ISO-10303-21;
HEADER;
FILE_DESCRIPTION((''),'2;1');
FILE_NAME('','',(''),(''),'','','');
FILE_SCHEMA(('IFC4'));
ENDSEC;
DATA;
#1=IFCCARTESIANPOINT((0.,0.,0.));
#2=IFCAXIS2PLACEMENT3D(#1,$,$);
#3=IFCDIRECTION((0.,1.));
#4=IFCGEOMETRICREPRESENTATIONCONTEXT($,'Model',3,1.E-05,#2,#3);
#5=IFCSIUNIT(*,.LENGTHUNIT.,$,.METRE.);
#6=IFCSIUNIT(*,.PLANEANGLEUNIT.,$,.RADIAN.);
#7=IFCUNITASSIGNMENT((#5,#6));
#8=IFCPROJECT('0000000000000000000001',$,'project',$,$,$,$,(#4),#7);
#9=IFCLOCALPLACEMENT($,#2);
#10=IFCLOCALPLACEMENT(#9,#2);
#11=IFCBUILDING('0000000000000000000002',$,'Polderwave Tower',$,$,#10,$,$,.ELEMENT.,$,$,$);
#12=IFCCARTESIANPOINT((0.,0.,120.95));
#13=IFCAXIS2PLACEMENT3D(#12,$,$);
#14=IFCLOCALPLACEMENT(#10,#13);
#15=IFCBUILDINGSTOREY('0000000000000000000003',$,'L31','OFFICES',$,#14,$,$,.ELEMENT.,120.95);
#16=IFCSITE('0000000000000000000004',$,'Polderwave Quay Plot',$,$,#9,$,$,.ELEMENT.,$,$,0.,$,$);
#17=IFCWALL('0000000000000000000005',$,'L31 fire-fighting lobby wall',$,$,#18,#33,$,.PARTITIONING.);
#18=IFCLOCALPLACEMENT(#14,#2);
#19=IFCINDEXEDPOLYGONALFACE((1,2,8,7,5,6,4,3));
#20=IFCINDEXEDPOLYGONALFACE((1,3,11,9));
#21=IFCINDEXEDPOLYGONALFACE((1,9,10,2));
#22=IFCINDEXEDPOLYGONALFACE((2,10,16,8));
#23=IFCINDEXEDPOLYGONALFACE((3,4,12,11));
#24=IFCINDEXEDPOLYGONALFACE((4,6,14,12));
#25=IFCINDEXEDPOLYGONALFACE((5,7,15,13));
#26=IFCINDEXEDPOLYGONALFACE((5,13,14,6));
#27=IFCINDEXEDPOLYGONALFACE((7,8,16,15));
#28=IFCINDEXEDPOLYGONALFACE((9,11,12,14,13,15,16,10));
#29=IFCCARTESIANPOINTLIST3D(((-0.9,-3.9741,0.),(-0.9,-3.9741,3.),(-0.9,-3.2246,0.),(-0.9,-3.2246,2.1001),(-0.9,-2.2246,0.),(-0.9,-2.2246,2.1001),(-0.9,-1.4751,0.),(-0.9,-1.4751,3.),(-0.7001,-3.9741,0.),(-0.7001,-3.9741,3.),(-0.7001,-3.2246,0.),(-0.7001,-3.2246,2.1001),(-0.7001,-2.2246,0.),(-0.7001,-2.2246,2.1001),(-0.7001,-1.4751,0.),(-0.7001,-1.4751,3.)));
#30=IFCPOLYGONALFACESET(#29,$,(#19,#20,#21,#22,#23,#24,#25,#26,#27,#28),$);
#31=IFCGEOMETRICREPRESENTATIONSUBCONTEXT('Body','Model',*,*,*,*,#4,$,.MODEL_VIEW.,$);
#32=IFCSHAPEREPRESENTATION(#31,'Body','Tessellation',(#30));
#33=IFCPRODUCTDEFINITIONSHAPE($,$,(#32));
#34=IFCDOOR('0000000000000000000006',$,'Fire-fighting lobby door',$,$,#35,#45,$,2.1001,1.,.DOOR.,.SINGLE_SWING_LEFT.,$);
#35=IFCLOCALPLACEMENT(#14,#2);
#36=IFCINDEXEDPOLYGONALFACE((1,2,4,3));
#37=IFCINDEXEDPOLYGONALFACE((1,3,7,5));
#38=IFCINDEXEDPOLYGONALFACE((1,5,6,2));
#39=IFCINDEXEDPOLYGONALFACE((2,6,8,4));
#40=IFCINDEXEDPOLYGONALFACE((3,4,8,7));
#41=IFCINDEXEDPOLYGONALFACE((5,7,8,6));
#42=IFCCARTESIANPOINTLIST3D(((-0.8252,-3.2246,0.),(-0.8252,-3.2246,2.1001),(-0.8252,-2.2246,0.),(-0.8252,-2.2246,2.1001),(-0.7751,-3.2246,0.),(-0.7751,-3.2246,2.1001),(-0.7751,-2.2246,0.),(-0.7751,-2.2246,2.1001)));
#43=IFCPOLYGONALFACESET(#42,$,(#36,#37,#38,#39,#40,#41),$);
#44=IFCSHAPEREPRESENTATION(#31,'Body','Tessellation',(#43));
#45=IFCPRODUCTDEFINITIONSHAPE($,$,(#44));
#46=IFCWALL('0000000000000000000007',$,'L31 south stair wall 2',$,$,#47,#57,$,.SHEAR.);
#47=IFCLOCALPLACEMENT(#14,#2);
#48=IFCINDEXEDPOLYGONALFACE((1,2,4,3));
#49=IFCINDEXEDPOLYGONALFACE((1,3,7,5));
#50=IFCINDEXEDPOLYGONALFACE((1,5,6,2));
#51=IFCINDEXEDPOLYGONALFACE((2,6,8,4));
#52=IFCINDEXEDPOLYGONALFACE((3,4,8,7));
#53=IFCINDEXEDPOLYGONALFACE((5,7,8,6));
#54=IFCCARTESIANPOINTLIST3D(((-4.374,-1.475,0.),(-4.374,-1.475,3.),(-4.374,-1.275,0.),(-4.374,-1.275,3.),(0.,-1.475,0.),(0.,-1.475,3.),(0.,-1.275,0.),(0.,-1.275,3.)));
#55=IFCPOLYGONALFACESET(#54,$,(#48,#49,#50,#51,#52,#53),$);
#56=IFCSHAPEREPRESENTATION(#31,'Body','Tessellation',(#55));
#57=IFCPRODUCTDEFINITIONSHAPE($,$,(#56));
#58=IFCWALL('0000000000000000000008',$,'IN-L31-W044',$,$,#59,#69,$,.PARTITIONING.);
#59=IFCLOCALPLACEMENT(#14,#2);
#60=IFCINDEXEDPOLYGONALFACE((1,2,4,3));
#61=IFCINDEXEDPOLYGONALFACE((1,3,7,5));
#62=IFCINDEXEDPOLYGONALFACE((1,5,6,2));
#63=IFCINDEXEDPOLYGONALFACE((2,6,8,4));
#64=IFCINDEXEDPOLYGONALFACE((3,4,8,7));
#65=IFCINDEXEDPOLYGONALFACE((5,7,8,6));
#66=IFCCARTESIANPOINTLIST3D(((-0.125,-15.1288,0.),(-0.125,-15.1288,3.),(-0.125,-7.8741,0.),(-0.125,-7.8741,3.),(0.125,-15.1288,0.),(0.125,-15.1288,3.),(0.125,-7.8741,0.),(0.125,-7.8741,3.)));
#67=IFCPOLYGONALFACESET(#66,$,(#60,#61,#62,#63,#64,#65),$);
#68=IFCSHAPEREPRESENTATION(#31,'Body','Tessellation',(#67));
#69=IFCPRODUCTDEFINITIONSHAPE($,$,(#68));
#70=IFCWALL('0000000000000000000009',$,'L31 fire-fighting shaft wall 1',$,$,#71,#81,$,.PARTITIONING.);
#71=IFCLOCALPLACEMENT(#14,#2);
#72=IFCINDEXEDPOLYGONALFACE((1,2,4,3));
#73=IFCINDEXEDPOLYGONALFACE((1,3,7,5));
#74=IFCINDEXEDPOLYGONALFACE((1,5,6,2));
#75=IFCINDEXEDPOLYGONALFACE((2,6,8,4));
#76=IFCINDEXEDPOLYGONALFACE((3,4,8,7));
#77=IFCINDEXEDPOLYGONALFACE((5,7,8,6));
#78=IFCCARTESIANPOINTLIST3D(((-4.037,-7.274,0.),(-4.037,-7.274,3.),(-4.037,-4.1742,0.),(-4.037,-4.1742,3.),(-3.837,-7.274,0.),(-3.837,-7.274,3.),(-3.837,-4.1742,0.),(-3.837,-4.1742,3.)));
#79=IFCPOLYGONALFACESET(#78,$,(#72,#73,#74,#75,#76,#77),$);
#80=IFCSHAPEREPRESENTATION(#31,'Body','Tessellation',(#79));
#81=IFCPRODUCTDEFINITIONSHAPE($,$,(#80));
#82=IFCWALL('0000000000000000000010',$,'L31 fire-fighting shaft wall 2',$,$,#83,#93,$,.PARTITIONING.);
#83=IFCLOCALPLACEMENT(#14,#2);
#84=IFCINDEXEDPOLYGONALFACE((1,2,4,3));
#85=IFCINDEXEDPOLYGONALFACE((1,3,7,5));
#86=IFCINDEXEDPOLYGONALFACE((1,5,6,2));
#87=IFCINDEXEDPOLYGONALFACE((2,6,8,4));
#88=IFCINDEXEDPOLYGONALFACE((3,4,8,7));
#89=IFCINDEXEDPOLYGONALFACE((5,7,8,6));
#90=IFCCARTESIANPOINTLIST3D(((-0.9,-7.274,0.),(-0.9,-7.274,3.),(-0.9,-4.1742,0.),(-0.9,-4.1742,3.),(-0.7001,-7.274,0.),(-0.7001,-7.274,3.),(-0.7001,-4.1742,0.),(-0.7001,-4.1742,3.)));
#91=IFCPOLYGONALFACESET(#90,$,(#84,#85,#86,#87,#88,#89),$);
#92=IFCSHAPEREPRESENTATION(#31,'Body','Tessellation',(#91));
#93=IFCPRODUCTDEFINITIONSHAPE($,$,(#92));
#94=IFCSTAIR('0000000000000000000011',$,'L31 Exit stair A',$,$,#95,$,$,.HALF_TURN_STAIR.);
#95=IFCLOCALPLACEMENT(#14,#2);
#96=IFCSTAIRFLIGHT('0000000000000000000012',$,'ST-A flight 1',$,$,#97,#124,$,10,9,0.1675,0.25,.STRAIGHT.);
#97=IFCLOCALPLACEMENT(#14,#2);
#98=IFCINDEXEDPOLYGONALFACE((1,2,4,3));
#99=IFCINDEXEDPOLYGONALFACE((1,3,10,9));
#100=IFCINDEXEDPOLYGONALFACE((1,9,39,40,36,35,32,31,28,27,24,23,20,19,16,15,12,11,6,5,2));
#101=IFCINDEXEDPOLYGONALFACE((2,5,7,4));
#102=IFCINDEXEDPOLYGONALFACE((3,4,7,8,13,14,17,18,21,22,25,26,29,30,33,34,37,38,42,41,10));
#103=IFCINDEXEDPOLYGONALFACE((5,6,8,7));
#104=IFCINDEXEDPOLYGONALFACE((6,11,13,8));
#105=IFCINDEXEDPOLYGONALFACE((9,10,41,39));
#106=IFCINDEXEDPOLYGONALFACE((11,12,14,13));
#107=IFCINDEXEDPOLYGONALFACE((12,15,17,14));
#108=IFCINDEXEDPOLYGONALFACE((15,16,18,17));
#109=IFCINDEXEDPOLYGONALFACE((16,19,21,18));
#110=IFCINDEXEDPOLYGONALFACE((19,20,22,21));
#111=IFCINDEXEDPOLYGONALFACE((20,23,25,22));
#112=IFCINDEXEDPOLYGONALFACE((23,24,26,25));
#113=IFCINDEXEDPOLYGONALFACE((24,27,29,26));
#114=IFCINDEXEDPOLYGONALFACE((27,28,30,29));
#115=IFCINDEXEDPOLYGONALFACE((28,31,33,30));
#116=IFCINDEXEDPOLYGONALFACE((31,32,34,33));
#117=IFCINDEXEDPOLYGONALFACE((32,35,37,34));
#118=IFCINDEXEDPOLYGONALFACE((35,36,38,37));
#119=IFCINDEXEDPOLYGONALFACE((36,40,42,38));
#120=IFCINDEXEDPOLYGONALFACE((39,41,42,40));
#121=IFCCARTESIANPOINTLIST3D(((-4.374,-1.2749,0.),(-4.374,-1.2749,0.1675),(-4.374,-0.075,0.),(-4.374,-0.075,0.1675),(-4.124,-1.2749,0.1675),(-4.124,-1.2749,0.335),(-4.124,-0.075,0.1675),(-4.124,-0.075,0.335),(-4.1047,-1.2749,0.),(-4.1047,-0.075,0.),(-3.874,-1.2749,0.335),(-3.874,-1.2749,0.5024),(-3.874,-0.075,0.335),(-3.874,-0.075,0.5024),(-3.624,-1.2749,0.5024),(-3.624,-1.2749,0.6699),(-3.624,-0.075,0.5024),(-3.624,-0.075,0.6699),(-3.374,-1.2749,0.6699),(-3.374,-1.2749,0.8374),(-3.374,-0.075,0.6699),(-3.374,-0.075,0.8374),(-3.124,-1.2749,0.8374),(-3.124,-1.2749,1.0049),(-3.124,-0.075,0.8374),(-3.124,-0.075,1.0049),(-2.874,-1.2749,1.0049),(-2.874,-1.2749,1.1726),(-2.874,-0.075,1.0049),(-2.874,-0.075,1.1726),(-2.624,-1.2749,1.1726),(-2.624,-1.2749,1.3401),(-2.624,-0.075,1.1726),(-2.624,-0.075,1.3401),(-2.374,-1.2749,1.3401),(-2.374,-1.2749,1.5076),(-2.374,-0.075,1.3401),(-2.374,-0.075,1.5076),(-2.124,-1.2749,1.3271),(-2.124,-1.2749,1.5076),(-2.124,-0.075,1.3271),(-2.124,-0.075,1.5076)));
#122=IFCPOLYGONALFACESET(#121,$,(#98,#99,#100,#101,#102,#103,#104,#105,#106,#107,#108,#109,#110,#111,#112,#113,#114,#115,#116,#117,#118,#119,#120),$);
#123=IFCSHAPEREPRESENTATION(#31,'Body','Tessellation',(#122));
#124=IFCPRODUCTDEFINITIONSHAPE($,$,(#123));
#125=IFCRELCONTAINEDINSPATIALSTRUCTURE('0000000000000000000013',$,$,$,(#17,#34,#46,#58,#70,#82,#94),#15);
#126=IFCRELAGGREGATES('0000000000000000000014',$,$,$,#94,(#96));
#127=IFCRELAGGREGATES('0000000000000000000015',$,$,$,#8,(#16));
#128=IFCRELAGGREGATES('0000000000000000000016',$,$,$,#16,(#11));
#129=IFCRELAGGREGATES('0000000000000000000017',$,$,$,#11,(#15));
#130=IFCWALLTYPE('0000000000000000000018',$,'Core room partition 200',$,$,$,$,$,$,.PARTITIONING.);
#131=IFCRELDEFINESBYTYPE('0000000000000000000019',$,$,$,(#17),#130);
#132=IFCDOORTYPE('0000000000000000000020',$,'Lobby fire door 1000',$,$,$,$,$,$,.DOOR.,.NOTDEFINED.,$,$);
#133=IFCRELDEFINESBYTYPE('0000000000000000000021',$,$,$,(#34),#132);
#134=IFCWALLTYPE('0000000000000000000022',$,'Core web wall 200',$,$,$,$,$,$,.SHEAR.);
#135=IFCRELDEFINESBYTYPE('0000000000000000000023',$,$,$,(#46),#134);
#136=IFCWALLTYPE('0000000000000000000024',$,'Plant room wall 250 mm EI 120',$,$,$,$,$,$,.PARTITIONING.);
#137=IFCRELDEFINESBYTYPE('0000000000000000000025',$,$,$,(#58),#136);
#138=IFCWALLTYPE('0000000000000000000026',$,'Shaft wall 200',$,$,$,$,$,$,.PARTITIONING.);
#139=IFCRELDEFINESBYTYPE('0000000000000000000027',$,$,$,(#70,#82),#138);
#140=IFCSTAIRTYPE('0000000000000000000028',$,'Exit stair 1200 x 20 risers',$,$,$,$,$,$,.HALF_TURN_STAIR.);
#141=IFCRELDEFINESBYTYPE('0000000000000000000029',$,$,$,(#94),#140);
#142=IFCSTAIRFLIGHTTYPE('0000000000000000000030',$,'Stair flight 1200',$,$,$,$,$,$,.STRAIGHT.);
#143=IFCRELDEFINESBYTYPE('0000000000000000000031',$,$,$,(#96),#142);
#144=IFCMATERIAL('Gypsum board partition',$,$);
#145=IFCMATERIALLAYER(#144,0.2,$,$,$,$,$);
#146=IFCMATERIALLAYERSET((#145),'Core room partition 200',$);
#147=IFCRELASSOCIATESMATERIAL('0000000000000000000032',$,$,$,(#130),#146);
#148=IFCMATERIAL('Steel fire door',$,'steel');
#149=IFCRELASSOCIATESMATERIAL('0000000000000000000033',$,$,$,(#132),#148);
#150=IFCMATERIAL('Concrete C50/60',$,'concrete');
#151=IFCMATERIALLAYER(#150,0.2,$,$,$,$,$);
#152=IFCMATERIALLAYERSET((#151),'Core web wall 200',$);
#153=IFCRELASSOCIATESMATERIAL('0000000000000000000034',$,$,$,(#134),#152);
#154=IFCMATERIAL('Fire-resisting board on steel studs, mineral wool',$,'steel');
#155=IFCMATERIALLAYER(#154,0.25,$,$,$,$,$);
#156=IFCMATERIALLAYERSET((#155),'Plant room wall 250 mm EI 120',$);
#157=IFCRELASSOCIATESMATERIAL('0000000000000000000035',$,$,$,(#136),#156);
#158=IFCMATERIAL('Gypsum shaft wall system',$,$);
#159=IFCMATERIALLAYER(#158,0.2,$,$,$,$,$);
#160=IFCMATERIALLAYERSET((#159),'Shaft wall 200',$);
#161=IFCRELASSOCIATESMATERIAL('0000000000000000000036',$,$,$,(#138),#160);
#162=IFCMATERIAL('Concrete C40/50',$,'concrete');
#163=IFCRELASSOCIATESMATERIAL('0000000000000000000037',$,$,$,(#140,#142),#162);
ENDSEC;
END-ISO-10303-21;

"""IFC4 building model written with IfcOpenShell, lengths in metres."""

from ifc_helpers import new_model, si_unit, direction, frame, frame_2d, origin, place, context, subcontext, project, spatial, polyline, rectangle, outline, extrude, material, layer, layer_set, type_object, element, fill, aggregate, save


model = new_model("IFC4")

# Units and contexts
model_context = context("Model", 3, precision=1e-05, world=origin(), true_north=direction((0.0, 1.0)))
body_context = subcontext(model_context, "Body", "Model", "MODEL_VIEW")
ifc_project = project(units=[si_unit("LENGTHUNIT", "METRE"), si_unit("PLANEANGLEUNIT", "RADIAN")], contexts=[model_context])

# Site, building, storey
site_placement = place(None, origin())
site = spatial("IfcSite", under=ifc_project, at=site_placement, Name="Polderwave Quay Plot", CompositionType="ELEMENT", RefElevation=0.0)
building_placement = place(site_placement, origin())
building = spatial("IfcBuilding", under=site, at=building_placement, Name="Polderwave Tower", CompositionType="ELEMENT")
storey_placement = place(building_placement, frame((0.0, 0.0, 120.95)))
storey = spatial("IfcBuildingStorey", under=building, at=storey_placement, Name="L31", Description="OFFICES", CompositionType="ELEMENT", Elevation=120.95)

# Wall, opening, door
ifc_material_1 = material(Name="Gypsum board partition")
ifc_layer_1 = layer(ifc_material_1, 0.2)
ifc_layer_set_1 = layer_set([ifc_layer_1], Name="Core room partition 200")
wall_type_1 = type_object("IfcWallType", Name="Core room partition 200", PredefinedType="PARTITIONING", material=ifc_layer_set_1)
wall_1_placement = place(storey_placement, frame((-0.8, -3.9741, 0.0), z_axis=(0.0, 0.0, 1.0), x_axis=(0.0, 1.0, 0.0)))
wall_1 = element("IfcWall", 1, at=wall_1_placement, inside=storey, type_object=wall_type_1, Name="L31 fire-fighting lobby wall", PredefinedType="PARTITIONING", context=body_context, shape_type="SweptSolid", body=[
    extrude(rectangle(XDim=2.499, YDim=0.2, at=frame_2d((1.2495, 0.0))), origin(), (0.0, 0.0, 1.0), 3.0),
])
opening_placement = place(wall_1_placement, frame((0.7495, 0.0, 0.0)))
opening = element("IfcOpeningElement", 2, at=opening_placement, cuts=wall_1, PredefinedType="OPENING", context=body_context, shape_type="SweptSolid", body=[
    extrude(rectangle(XDim=1.0, YDim=2.1001, at=frame_2d((0.5, 1.05))), frame((0.0, 0.1099, 0.0), z_axis=(0.0, -1.0, 0.0), x_axis=(1.0, 0.0, 0.0)), (0.0, 0.0, 1.0), 0.22),
])
ifc_material_2 = material(Name="Steel fire door", Category="steel")
door_type = type_object("IfcDoorType", Name="Lobby fire door 1000", OperationType="NOTDEFINED", PredefinedType="DOOR", material=ifc_material_2)
door_placement = place(opening_placement, frame((1.0, 0.0, 0.0), z_axis=(0.0, 0.0, 1.0), x_axis=(-1.0, 0.0, 0.0)))
door = element("IfcDoor", 3, at=door_placement, inside=storey, type_object=door_type, Name="Fire-fighting lobby door", OperationType="SINGLE_SWING_LEFT", OverallHeight=2.1001, OverallWidth=1.0, PredefinedType="DOOR", context=body_context, shape_type="SweptSolid", body=[
    extrude(rectangle(XDim=1.0, YDim=2.1001, at=frame_2d((0.5, 1.05))), frame((0.0, 0.0249, 0.0), z_axis=(0.0, -1.0, 0.0), x_axis=(1.0, 0.0, 0.0)), (0.0, 0.0, 1.0), 0.05),
])
fill(opening, door)

# Walls
ifc_material_3 = material(Name="Concrete C50/60", Category="concrete")
ifc_layer_2 = layer(ifc_material_3, 0.2)
ifc_layer_set_2 = layer_set([ifc_layer_2], Name="Core web wall 200")
wall_type_2 = type_object("IfcWallType", Name="Core web wall 200", PredefinedType="SHEAR", material=ifc_layer_set_2)
wall_2_placement = place(storey_placement, frame((-4.374, -1.375, 0.0), z_axis=(0.0, 0.0, 1.0), x_axis=(1.0, 0.0, 0.0)))
element("IfcWall", 4, at=wall_2_placement, inside=storey, type_object=wall_type_2, Name="L31 south stair wall 2", PredefinedType="SHEAR", context=body_context, shape_type="SweptSolid", body=[
    extrude(rectangle(XDim=4.374, YDim=0.2, at=frame_2d((2.187, 0.0))), origin(), (0.0, 0.0, 1.0), 3.0),
])
ifc_material_4 = material(Name="Fire-resisting board on steel studs, mineral wool", Category="steel")
ifc_layer_3 = layer(ifc_material_4, 0.25)
ifc_layer_set_3 = layer_set([ifc_layer_3], Name="Plant room wall 250 mm EI 120")
wall_type_3 = type_object("IfcWallType", Name="Plant room wall 250 mm EI 120", PredefinedType="PARTITIONING", material=ifc_layer_set_3)
wall_3_placement = place(storey_placement, frame((0.0, -7.874, 0.0), z_axis=(0.0, 0.0, 1.0), x_axis=(0.0, -1.0, 0.0)))
element("IfcWall", 5, at=wall_3_placement, inside=storey, type_object=wall_type_3, Name="IN-L31-W044", PredefinedType="PARTITIONING", context=body_context, shape_type="SweptSolid", body=[
    extrude(rectangle(XDim=7.2546, YDim=0.25, at=frame_2d((3.6274, 0.0))), origin(), (0.0, 0.0, 1.0), 3.0),
])
ifc_material_5 = material(Name="Gypsum shaft wall system")
ifc_layer_4 = layer(ifc_material_5, 0.2)
ifc_layer_set_4 = layer_set([ifc_layer_4], Name="Shaft wall 200")
wall_type_4 = type_object("IfcWallType", Name="Shaft wall 200", PredefinedType="PARTITIONING", material=ifc_layer_set_4)
for number, where, z_axis, x_axis, name in (
    (6, (-3.937, -7.2739, 0.0), (0.0, 0.0, 1.0), (0.0, 1.0, 0.0), "L31 fire-fighting shaft wall 1"),
    (7, (-0.8, -7.2739, 0.0), (0.0, 0.0, 1.0), (0.0, 1.0, 0.0), "L31 fire-fighting shaft wall 2"),
):
    element("IfcWall", number, at=place(storey_placement, frame(where, z_axis=z_axis, x_axis=x_axis)), inside=storey, type_object=wall_type_4, Name=name, PredefinedType="PARTITIONING", context=body_context, shape_type="SweptSolid", body=[
        extrude(rectangle(XDim=3.0999, YDim=0.2, at=frame_2d((1.5498, 0.0))), origin(), (0.0, 0.0, 1.0), 3.0),
    ])

# Stair, stair flight
ifc_material_6 = material(Name="Concrete C40/50", Category="concrete")
stair_type = type_object("IfcStairType", Name="Exit stair 1200 x 20 risers", PredefinedType="HALF_TURN_STAIR", material=ifc_material_6)
stair_placement = place(storey_placement, origin())
stair = element("IfcStair", 8, at=stair_placement, inside=storey, type_object=stair_type, Name="L31 Exit stair A", PredefinedType="HALF_TURN_STAIR")
stair_flight_type = type_object("IfcStairFlightType", Name="Stair flight 1200", PredefinedType="STRAIGHT", material=ifc_material_6)
stair_flight_placement = place(storey_placement, frame((-4.374, -0.675, 0.0), z_axis=(0.0, 0.0, 1.0), x_axis=(1.0, 0.0, 0.0)))
stair_flight = element("IfcStairFlight", 9, at=stair_flight_placement, type_object=stair_flight_type, Name="ST-A flight 1", NumberOfRisers=10, NumberOfTreads=9, PredefinedType="STRAIGHT", RiserHeight=0.1675, TreadLength=0.25, context=body_context, shape_type="SweptSolid", body=[
    extrude(outline(polyline([(0.0, 0.0), (0.0, 0.1675), (0.25, 0.1675), (0.25, 0.335), (0.5, 0.335), (0.5, 0.5024), (0.75, 0.5024), (0.75, 0.6699), (1.0, 0.6699), (1.0, 0.8374), (1.25, 0.8374), (1.25, 1.0049), (1.5, 1.0049), (1.5, 1.1726), (1.75, 1.1726), (1.75, 1.3401), (2.0, 1.3401), (2.0, 1.5076), (2.25, 1.5076), (2.25, 1.675), (2.25, 1.3271), (0.2693, 0.0), (0.0, 0.0)])), frame((0.0, 0.6001, 0.0), z_axis=(0.0, -1.0, 0.0), x_axis=(1.0, 0.0, 0.0)), (0.0, 0.0, 1.0), 1.2),
])
aggregate(stair, [stair_flight])

save(model, "model.ifc")
